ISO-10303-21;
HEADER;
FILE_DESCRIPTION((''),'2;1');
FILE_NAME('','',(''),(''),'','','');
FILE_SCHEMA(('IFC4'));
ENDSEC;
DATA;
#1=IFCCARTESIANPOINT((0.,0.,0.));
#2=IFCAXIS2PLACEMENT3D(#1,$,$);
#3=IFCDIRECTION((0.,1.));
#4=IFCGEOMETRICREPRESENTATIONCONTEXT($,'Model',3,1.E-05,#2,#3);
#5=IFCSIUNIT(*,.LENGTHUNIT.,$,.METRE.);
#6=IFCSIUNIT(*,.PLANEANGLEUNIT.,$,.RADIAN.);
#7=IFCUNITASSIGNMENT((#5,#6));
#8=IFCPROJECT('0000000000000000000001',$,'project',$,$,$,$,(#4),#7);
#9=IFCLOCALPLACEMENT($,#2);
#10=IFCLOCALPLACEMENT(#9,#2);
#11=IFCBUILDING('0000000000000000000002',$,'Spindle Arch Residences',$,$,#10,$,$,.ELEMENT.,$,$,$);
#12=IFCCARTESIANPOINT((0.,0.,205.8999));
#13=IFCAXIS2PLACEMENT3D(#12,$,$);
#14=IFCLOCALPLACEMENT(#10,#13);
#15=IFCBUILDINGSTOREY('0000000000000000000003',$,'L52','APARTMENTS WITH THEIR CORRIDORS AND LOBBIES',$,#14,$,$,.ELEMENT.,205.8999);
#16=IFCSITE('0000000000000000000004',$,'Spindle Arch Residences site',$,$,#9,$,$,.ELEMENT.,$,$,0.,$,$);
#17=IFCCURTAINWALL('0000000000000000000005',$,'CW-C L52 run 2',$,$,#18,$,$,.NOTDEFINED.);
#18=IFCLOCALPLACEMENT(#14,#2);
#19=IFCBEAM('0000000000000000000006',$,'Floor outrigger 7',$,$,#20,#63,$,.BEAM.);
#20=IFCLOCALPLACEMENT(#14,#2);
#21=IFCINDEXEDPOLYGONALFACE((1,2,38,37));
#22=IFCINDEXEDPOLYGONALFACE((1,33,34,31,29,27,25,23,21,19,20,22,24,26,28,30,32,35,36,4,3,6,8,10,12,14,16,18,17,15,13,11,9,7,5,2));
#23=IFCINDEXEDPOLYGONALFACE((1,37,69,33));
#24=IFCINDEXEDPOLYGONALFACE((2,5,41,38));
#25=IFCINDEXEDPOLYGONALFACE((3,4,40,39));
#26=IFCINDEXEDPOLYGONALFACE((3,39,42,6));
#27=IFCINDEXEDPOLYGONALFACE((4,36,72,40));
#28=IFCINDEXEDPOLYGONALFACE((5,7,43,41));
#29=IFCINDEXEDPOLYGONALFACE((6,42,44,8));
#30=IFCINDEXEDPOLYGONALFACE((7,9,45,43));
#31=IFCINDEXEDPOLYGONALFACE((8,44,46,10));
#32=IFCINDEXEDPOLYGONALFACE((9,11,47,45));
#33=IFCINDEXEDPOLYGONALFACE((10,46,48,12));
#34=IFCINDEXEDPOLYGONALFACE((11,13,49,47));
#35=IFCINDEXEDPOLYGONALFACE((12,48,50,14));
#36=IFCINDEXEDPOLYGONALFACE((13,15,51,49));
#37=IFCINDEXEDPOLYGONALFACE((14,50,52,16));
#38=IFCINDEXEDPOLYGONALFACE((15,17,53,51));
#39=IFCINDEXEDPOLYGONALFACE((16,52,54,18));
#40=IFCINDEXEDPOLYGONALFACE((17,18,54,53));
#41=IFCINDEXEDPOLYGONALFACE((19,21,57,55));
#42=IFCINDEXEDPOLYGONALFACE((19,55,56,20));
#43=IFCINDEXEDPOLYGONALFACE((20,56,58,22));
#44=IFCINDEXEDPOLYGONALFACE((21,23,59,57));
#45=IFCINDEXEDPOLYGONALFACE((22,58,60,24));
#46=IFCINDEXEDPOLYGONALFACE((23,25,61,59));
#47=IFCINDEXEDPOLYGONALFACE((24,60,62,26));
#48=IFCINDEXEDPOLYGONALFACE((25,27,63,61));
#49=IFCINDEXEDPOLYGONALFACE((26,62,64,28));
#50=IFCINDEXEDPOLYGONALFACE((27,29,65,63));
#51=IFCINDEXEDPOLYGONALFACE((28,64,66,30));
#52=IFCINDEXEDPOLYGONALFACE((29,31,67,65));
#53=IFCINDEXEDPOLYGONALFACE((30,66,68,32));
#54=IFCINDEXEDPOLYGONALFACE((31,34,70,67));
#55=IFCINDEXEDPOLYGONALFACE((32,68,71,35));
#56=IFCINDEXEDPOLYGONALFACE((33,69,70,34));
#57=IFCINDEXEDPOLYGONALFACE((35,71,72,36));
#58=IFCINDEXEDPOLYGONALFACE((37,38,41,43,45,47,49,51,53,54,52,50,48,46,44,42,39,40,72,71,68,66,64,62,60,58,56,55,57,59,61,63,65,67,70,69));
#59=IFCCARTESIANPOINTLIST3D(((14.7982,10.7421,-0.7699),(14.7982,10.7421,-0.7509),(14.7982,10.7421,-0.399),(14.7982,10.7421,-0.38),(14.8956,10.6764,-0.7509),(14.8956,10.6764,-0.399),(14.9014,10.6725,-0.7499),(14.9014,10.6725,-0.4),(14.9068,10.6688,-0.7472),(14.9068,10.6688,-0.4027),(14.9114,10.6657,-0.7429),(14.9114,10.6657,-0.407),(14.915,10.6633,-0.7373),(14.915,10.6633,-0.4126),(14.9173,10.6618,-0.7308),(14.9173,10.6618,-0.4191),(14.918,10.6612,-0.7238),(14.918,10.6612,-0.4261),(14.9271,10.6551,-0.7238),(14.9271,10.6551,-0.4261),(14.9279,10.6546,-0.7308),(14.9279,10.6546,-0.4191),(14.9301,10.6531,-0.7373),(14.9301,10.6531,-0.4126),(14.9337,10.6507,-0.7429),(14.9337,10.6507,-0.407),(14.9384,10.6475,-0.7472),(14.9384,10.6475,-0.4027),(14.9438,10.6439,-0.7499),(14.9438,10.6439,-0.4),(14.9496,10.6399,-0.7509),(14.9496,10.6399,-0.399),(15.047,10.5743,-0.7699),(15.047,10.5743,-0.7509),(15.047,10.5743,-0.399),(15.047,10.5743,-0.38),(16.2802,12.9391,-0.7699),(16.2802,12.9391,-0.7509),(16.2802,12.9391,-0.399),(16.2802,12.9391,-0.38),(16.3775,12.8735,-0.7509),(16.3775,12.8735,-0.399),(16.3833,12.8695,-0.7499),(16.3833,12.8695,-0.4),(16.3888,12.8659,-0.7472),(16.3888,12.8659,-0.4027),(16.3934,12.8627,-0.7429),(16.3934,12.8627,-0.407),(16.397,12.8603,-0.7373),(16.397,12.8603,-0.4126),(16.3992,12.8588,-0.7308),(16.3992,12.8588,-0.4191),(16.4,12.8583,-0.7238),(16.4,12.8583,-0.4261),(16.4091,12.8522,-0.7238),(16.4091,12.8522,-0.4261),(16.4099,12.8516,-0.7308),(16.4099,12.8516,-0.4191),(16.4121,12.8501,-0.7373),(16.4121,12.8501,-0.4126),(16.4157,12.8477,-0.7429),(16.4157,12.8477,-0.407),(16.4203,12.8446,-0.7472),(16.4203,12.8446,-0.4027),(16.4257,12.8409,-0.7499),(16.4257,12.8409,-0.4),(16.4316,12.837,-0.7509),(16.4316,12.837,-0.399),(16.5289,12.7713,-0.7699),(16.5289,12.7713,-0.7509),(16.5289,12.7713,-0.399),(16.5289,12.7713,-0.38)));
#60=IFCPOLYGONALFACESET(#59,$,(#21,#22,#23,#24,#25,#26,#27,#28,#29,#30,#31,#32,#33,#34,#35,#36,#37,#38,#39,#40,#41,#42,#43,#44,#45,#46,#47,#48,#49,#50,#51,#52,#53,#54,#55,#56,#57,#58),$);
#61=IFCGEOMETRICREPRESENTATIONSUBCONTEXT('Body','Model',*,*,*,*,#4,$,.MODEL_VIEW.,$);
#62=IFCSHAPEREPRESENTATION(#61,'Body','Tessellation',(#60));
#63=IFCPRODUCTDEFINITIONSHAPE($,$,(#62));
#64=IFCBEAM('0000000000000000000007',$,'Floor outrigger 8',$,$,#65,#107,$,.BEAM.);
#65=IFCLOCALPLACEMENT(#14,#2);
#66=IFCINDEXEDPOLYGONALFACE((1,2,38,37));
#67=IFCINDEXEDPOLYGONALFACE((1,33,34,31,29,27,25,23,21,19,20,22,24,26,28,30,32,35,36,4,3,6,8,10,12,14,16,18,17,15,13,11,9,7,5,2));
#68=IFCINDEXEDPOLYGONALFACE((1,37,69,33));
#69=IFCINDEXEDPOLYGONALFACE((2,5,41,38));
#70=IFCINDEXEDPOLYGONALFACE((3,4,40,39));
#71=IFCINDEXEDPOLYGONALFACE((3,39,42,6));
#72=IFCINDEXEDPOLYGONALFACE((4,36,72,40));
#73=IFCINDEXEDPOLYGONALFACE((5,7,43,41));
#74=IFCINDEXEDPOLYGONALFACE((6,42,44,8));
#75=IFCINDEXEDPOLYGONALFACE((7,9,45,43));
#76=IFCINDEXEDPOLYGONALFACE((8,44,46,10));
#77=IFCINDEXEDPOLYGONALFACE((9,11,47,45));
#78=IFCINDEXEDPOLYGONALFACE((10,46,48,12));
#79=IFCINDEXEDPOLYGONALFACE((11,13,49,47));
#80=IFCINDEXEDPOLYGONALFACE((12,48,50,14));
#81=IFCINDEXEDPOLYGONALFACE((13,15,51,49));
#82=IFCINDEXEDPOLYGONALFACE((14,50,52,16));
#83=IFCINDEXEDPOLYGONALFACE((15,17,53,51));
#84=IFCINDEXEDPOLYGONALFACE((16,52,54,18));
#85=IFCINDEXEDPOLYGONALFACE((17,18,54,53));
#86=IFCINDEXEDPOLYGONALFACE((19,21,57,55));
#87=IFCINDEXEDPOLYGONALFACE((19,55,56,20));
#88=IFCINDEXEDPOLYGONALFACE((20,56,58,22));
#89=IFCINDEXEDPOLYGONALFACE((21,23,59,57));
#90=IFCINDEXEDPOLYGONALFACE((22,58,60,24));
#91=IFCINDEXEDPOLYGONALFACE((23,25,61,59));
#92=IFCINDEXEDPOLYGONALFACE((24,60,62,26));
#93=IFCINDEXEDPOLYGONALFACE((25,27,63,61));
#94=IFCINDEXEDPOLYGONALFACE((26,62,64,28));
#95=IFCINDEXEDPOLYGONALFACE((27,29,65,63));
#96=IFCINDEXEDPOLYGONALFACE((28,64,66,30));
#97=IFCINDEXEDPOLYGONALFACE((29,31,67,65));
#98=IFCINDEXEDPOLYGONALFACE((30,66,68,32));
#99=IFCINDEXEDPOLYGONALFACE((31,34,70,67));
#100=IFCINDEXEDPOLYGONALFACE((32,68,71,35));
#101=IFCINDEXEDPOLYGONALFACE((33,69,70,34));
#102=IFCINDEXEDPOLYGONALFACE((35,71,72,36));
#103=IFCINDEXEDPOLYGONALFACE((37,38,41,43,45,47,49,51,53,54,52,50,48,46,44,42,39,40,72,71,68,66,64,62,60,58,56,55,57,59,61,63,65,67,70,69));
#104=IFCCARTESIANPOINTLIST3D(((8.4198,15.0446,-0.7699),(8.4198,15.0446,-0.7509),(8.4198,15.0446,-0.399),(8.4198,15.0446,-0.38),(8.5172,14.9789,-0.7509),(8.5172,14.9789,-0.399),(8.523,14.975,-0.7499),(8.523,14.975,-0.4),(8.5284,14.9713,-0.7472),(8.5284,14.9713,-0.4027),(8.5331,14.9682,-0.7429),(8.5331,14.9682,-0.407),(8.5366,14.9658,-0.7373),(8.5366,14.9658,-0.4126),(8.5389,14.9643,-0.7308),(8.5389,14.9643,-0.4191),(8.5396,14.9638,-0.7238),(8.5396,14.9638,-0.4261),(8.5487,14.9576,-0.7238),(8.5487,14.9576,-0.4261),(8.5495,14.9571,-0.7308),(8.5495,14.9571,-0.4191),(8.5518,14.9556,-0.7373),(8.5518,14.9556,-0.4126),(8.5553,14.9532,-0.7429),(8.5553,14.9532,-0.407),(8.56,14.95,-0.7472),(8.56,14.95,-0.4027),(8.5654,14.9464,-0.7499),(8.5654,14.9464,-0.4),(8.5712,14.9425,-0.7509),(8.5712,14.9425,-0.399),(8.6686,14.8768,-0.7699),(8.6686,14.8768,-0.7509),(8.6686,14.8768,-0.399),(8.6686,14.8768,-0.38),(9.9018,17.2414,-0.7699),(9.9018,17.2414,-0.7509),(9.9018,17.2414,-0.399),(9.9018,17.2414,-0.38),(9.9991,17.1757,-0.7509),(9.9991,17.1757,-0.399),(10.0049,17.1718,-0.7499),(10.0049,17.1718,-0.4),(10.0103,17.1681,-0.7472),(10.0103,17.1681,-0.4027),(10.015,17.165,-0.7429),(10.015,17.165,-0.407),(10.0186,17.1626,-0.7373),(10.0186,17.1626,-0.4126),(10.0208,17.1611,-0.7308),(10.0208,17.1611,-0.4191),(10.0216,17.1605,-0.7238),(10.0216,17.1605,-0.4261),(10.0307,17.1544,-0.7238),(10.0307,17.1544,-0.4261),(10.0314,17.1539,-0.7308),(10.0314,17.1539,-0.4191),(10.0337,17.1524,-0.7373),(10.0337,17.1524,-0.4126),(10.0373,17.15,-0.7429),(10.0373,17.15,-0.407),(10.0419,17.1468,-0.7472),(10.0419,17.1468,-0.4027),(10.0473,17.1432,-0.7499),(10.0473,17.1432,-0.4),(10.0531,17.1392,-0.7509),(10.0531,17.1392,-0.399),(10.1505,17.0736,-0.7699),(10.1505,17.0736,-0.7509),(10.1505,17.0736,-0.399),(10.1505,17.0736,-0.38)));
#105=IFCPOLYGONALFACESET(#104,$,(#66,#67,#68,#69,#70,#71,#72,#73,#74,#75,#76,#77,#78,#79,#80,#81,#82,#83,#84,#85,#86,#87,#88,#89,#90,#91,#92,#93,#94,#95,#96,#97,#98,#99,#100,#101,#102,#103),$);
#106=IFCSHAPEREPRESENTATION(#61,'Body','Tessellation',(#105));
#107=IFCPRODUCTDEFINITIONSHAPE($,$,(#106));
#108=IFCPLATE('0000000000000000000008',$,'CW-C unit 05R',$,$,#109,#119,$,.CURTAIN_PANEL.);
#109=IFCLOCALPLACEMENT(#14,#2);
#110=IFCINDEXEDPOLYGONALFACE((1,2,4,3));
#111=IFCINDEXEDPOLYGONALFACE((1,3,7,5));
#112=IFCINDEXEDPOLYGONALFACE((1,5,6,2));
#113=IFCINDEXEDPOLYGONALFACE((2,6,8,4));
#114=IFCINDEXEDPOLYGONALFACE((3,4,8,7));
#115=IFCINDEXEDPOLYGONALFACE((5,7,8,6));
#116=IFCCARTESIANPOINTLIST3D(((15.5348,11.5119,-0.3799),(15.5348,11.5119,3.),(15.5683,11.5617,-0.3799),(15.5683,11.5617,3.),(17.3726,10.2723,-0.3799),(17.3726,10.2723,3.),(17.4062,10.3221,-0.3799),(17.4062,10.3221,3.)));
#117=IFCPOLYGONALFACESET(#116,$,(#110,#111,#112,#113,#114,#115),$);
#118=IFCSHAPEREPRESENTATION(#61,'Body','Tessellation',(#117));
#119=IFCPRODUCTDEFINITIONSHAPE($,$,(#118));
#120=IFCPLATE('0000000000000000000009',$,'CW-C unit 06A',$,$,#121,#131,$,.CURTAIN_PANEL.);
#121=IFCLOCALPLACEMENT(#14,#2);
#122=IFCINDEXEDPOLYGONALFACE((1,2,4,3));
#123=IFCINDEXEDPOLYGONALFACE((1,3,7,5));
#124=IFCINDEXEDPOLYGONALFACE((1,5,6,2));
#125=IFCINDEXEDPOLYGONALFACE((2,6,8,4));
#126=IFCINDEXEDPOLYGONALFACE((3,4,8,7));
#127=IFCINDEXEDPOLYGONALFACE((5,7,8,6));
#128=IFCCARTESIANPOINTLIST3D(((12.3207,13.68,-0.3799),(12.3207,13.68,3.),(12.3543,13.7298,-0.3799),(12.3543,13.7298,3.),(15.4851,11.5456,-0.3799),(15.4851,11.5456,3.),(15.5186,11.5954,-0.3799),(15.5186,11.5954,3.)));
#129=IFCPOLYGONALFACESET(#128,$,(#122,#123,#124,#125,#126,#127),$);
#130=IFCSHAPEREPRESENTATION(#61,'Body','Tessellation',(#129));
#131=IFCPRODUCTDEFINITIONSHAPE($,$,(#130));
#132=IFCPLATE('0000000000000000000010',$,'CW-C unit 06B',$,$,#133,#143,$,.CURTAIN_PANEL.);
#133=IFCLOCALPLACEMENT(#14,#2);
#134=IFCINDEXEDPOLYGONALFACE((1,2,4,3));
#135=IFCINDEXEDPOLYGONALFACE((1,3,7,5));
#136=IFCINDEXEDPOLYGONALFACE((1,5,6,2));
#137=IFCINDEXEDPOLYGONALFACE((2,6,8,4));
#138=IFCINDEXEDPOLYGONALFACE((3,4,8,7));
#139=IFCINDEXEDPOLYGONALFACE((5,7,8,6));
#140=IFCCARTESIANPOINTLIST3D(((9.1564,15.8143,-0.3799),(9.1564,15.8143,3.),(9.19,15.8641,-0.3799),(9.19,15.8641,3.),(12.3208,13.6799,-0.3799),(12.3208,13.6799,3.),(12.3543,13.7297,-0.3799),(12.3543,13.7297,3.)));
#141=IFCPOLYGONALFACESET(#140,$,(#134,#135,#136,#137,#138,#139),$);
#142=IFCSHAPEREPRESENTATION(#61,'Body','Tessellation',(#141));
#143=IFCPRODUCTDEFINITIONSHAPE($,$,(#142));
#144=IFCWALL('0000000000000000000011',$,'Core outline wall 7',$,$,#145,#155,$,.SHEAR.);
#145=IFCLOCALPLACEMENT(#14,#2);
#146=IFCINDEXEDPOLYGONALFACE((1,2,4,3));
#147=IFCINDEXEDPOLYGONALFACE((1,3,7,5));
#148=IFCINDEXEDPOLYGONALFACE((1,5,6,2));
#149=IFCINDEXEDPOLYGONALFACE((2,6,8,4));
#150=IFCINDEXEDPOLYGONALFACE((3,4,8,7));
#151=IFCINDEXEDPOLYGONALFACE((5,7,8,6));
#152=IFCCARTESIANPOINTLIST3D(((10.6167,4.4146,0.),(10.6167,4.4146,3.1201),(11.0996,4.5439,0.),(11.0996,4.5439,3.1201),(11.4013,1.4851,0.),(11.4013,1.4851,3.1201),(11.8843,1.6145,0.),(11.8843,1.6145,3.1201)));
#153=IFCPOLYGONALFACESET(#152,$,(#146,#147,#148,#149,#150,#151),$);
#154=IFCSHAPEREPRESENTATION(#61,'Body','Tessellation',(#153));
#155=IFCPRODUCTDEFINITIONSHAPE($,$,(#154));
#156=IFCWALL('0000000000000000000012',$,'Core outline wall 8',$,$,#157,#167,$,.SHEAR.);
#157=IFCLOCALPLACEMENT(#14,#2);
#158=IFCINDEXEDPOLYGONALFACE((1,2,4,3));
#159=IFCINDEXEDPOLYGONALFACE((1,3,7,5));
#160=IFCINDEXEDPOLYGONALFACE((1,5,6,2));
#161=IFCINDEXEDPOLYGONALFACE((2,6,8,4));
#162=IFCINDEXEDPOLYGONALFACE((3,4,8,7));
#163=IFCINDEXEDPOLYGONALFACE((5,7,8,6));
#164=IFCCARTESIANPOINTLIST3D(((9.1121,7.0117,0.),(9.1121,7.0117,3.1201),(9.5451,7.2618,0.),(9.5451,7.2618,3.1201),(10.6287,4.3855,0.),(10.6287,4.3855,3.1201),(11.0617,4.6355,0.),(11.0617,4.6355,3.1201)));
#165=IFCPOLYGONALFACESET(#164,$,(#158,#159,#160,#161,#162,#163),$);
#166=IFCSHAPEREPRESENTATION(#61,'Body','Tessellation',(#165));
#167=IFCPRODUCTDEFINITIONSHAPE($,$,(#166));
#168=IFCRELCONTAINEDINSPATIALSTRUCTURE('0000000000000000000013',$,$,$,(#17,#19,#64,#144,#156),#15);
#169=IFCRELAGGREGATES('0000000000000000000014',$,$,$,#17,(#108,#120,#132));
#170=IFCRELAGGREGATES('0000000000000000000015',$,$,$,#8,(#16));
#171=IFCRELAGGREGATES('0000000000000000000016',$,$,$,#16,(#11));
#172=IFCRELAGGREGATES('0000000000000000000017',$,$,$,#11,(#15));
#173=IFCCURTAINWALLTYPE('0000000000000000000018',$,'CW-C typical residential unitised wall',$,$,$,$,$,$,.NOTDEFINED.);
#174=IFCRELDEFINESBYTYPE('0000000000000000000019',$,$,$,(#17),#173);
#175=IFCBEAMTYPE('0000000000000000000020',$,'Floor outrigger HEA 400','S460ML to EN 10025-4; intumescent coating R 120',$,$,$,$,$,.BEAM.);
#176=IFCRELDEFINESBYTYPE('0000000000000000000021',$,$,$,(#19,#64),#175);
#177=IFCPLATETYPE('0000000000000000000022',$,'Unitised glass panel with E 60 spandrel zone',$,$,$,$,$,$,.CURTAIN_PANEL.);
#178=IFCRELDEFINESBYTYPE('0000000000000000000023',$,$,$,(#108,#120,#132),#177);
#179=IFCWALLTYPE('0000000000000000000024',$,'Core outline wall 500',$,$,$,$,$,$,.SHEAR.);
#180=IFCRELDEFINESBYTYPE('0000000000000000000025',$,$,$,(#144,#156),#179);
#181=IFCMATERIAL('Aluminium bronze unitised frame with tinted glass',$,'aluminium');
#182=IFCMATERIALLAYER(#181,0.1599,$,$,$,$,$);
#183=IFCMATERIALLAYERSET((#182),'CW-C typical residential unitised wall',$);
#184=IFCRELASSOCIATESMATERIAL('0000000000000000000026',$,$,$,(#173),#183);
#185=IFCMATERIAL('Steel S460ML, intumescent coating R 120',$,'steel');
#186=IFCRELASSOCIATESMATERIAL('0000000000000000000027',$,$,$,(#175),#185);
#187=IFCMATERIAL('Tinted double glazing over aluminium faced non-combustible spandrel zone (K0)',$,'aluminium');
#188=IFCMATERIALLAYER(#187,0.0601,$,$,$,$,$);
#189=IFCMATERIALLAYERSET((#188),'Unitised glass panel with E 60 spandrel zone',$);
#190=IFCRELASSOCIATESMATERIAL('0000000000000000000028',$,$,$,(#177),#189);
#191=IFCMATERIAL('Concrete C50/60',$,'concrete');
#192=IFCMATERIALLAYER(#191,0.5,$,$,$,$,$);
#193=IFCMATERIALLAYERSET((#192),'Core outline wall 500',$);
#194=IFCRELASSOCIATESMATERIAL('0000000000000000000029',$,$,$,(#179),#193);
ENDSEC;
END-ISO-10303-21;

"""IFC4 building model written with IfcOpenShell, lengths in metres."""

from ifc_helpers import new_model, si_unit, direction, frame, frame_2d, origin, origin_2d, place, context, subcontext, project, spatial, rectangle, i_section, extrude, material, layer, layer_set, material_profile, profile_set, type_object, element, aggregate, save


model = new_model("IFC4")

# Units and contexts
model_context = context("Model", 3, precision=1e-05, world=origin(), true_north=direction((0.0, 1.0)))
body_context = subcontext(model_context, "Body", "Model", "MODEL_VIEW")
ifc_project = project(units=[si_unit("LENGTHUNIT", "METRE"), si_unit("PLANEANGLEUNIT", "RADIAN")], contexts=[model_context])

# Site, building, storey
site_placement = place(None, origin())
site = spatial("IfcSite", under=ifc_project, at=site_placement, Name="Spindle Arch Residences site", CompositionType="ELEMENT", RefElevation=0.0)
building_placement = place(site_placement, origin())
building = spatial("IfcBuilding", under=site, at=building_placement, Name="Spindle Arch Residences", CompositionType="ELEMENT")
storey_placement = place(building_placement, frame((0.0, 0.0, 205.8999)))
storey = spatial("IfcBuildingStorey", under=building, at=storey_placement, Name="L52", Description="APARTMENTS WITH THEIR CORRIDORS AND LOBBIES", CompositionType="ELEMENT", Elevation=205.8999)

# Curtain wall
ifc_material_1 = material(Name="Aluminium bronze unitised frame with tinted glass", Category="aluminium")
ifc_layer_1 = layer(ifc_material_1, 0.1599)
ifc_layer_set_1 = layer_set([ifc_layer_1], Name="CW-C typical residential unitised wall")
curtain_wall_type = type_object("IfcCurtainWallType", Name="CW-C typical residential unitised wall", PredefinedType="NOTDEFINED", material=ifc_layer_set_1)
curtain_wall_placement = place(storey_placement, origin())
curtain_wall = element("IfcCurtainWall", 1, at=curtain_wall_placement, inside=storey, type_object=curtain_wall_type, Name="CW-C L52 run 2", PredefinedType="NOTDEFINED")

# Beams
ifc_material_2 = material(Name="Steel S460ML, intumescent coating R 120", Category="steel")
ifc_material_profile_1 = material_profile(ifc_material_2, i_section(OverallWidth=0.3, OverallDepth=0.3899, WebThickness=0.011, FlangeThickness=0.019, FilletRadius=0.0271, at=origin_2d()), Name="HEA 400")
ifc_profile_set_1 = profile_set([ifc_material_profile_1], Name="Steel S460ML, intumescent coating R 120")
beam_type_1 = type_object("IfcBeamType", Name="Floor outrigger HEA 400", Description="S460ML to EN 10025-4; intumescent coating R 120", PredefinedType="BEAM", material=ifc_profile_set_1)
beam_1_placement = place(storey_placement, frame((16.4045, 12.8552, -0.575), z_axis=(-0.559199, -0.829033, 0.0), x_axis=(0.829033, -0.559199, 0.0)))
element("IfcBeam", 2, at=beam_1_placement, inside=storey, type_object=beam_type_1, Name="Floor outrigger 7", PredefinedType="BEAM", context=body_context, shape_type="SweptSolid", body=[
    extrude(i_section(OverallWidth=0.3, OverallDepth=0.3899, WebThickness=0.011, FlangeThickness=0.019, FilletRadius=0.0271, at=origin_2d()), origin(), (0.0, 0.0, 1.0), 2.6501),
])
beam_2_placement = place(storey_placement, frame((10.0261, 17.1575, -0.575), z_axis=(-0.559242, -0.829005, 0.0), x_axis=(0.829005, -0.559242, 0.0)))
element("IfcBeam", 3, at=beam_2_placement, inside=storey, type_object=beam_type_1, Name="Floor outrigger 8", PredefinedType="BEAM", context=body_context, shape_type="SweptSolid", body=[
    extrude(i_section(OverallWidth=0.3, OverallDepth=0.3899, WebThickness=0.011, FlangeThickness=0.019, FilletRadius=0.0271, at=origin_2d()), origin(), (0.0, 0.0, 1.0), 2.6499),
])

# Plates
ifc_material_3 = material(Name="Tinted double glazing over aluminium faced non-combustible spandrel zone (K0)", Category="aluminium")
ifc_layer_2 = layer(ifc_material_3, 0.0601)
ifc_layer_set_2 = layer_set([ifc_layer_2], Name="Unitised glass panel with E 60 spandrel zone")
plate_type = type_object("IfcPlateType", Name="Unitised glass panel with E 60 spandrel zone", PredefinedType="CURTAIN_PANEL", material=ifc_layer_set_2)
plate_1_placement = place(storey_placement, frame((16.4705, 10.917, -0.3799), z_axis=(0.0, 0.0, 1.0), x_axis=(-0.829038, 0.559193, 0.0)))
plate_1 = element("IfcPlate", 4, at=plate_1_placement, type_object=plate_type, Name="CW-C unit 05R", PredefinedType="CURTAIN_PANEL", context=body_context, shape_type="SweptSolid", body=[
    extrude(rectangle(XDim=2.2168, YDim=0.0601, at=origin_2d()), origin(), (0.0, 0.0, 1.0), 3.3799),
])
plate_2_placement = place(storey_placement, frame((13.9197, 12.6377, -0.3799), z_axis=(0.0, 0.0, 1.0), x_axis=(-0.829038, 0.559193, 0.0)))
plate_2 = element("IfcPlate", 5, at=plate_2_placement, type_object=plate_type, Name="CW-C unit 06A", PredefinedType="CURTAIN_PANEL", context=body_context, shape_type="SweptSolid", body=[
    extrude(rectangle(XDim=3.8169, YDim=0.0601, at=origin_2d()), origin(), (0.0, 0.0, 1.0), 3.3799),
])
plate_3_placement = place(storey_placement, frame((10.7554, 14.772, -0.3799), z_axis=(0.0, 0.0, 1.0), x_axis=(-0.829038, 0.559193, 0.0)))
plate_3 = element("IfcPlate", 6, at=plate_3_placement, type_object=plate_type, Name="CW-C unit 06B", PredefinedType="CURTAIN_PANEL", context=body_context, shape_type="SweptSolid", body=[
    extrude(rectangle(XDim=3.8169, YDim=0.0601, at=origin_2d()), origin(), (0.0, 0.0, 1.0), 3.3799),
])
aggregate(curtain_wall, [plate_1, plate_2, plate_3])

# Walls
ifc_material_4 = material(Name="Concrete C50/60", Category="concrete")
ifc_layer_3 = layer(ifc_material_4, 0.5)
ifc_layer_set_3 = layer_set([ifc_layer_3], Name="Core outline wall 500")
wall_type_1 = type_object("IfcWallType", Name="Core outline wall 500", PredefinedType="SHEAR", material=ifc_layer_set_3)
for number, where, z_axis, x_axis, name in (
    (7, (11.6428, 1.5498, 0.0), (0.0, 0.0, 1.0), (-0.258735, 0.965948, 0.0), "Core outline wall 7"),
    (8, (10.8452, 4.5105, 0.0), (0.0, 0.0, 1.0), (-0.500087, 0.865975, 0.0), "Core outline wall 8"),
):
    element("IfcWall", number, at=place(storey_placement, frame(where, z_axis=z_axis, x_axis=x_axis)), inside=storey, type_object=wall_type_1, Name=name, PredefinedType="SHEAR", context=body_context, shape_type="SweptSolid", body=[
        extrude(rectangle(XDim=3.0327, YDim=0.5, at=frame_2d((1.5164, 0.0))), origin(), (0.0, 0.0, 1.0), 3.1201),
    ])

save(model, "model.ifc")
